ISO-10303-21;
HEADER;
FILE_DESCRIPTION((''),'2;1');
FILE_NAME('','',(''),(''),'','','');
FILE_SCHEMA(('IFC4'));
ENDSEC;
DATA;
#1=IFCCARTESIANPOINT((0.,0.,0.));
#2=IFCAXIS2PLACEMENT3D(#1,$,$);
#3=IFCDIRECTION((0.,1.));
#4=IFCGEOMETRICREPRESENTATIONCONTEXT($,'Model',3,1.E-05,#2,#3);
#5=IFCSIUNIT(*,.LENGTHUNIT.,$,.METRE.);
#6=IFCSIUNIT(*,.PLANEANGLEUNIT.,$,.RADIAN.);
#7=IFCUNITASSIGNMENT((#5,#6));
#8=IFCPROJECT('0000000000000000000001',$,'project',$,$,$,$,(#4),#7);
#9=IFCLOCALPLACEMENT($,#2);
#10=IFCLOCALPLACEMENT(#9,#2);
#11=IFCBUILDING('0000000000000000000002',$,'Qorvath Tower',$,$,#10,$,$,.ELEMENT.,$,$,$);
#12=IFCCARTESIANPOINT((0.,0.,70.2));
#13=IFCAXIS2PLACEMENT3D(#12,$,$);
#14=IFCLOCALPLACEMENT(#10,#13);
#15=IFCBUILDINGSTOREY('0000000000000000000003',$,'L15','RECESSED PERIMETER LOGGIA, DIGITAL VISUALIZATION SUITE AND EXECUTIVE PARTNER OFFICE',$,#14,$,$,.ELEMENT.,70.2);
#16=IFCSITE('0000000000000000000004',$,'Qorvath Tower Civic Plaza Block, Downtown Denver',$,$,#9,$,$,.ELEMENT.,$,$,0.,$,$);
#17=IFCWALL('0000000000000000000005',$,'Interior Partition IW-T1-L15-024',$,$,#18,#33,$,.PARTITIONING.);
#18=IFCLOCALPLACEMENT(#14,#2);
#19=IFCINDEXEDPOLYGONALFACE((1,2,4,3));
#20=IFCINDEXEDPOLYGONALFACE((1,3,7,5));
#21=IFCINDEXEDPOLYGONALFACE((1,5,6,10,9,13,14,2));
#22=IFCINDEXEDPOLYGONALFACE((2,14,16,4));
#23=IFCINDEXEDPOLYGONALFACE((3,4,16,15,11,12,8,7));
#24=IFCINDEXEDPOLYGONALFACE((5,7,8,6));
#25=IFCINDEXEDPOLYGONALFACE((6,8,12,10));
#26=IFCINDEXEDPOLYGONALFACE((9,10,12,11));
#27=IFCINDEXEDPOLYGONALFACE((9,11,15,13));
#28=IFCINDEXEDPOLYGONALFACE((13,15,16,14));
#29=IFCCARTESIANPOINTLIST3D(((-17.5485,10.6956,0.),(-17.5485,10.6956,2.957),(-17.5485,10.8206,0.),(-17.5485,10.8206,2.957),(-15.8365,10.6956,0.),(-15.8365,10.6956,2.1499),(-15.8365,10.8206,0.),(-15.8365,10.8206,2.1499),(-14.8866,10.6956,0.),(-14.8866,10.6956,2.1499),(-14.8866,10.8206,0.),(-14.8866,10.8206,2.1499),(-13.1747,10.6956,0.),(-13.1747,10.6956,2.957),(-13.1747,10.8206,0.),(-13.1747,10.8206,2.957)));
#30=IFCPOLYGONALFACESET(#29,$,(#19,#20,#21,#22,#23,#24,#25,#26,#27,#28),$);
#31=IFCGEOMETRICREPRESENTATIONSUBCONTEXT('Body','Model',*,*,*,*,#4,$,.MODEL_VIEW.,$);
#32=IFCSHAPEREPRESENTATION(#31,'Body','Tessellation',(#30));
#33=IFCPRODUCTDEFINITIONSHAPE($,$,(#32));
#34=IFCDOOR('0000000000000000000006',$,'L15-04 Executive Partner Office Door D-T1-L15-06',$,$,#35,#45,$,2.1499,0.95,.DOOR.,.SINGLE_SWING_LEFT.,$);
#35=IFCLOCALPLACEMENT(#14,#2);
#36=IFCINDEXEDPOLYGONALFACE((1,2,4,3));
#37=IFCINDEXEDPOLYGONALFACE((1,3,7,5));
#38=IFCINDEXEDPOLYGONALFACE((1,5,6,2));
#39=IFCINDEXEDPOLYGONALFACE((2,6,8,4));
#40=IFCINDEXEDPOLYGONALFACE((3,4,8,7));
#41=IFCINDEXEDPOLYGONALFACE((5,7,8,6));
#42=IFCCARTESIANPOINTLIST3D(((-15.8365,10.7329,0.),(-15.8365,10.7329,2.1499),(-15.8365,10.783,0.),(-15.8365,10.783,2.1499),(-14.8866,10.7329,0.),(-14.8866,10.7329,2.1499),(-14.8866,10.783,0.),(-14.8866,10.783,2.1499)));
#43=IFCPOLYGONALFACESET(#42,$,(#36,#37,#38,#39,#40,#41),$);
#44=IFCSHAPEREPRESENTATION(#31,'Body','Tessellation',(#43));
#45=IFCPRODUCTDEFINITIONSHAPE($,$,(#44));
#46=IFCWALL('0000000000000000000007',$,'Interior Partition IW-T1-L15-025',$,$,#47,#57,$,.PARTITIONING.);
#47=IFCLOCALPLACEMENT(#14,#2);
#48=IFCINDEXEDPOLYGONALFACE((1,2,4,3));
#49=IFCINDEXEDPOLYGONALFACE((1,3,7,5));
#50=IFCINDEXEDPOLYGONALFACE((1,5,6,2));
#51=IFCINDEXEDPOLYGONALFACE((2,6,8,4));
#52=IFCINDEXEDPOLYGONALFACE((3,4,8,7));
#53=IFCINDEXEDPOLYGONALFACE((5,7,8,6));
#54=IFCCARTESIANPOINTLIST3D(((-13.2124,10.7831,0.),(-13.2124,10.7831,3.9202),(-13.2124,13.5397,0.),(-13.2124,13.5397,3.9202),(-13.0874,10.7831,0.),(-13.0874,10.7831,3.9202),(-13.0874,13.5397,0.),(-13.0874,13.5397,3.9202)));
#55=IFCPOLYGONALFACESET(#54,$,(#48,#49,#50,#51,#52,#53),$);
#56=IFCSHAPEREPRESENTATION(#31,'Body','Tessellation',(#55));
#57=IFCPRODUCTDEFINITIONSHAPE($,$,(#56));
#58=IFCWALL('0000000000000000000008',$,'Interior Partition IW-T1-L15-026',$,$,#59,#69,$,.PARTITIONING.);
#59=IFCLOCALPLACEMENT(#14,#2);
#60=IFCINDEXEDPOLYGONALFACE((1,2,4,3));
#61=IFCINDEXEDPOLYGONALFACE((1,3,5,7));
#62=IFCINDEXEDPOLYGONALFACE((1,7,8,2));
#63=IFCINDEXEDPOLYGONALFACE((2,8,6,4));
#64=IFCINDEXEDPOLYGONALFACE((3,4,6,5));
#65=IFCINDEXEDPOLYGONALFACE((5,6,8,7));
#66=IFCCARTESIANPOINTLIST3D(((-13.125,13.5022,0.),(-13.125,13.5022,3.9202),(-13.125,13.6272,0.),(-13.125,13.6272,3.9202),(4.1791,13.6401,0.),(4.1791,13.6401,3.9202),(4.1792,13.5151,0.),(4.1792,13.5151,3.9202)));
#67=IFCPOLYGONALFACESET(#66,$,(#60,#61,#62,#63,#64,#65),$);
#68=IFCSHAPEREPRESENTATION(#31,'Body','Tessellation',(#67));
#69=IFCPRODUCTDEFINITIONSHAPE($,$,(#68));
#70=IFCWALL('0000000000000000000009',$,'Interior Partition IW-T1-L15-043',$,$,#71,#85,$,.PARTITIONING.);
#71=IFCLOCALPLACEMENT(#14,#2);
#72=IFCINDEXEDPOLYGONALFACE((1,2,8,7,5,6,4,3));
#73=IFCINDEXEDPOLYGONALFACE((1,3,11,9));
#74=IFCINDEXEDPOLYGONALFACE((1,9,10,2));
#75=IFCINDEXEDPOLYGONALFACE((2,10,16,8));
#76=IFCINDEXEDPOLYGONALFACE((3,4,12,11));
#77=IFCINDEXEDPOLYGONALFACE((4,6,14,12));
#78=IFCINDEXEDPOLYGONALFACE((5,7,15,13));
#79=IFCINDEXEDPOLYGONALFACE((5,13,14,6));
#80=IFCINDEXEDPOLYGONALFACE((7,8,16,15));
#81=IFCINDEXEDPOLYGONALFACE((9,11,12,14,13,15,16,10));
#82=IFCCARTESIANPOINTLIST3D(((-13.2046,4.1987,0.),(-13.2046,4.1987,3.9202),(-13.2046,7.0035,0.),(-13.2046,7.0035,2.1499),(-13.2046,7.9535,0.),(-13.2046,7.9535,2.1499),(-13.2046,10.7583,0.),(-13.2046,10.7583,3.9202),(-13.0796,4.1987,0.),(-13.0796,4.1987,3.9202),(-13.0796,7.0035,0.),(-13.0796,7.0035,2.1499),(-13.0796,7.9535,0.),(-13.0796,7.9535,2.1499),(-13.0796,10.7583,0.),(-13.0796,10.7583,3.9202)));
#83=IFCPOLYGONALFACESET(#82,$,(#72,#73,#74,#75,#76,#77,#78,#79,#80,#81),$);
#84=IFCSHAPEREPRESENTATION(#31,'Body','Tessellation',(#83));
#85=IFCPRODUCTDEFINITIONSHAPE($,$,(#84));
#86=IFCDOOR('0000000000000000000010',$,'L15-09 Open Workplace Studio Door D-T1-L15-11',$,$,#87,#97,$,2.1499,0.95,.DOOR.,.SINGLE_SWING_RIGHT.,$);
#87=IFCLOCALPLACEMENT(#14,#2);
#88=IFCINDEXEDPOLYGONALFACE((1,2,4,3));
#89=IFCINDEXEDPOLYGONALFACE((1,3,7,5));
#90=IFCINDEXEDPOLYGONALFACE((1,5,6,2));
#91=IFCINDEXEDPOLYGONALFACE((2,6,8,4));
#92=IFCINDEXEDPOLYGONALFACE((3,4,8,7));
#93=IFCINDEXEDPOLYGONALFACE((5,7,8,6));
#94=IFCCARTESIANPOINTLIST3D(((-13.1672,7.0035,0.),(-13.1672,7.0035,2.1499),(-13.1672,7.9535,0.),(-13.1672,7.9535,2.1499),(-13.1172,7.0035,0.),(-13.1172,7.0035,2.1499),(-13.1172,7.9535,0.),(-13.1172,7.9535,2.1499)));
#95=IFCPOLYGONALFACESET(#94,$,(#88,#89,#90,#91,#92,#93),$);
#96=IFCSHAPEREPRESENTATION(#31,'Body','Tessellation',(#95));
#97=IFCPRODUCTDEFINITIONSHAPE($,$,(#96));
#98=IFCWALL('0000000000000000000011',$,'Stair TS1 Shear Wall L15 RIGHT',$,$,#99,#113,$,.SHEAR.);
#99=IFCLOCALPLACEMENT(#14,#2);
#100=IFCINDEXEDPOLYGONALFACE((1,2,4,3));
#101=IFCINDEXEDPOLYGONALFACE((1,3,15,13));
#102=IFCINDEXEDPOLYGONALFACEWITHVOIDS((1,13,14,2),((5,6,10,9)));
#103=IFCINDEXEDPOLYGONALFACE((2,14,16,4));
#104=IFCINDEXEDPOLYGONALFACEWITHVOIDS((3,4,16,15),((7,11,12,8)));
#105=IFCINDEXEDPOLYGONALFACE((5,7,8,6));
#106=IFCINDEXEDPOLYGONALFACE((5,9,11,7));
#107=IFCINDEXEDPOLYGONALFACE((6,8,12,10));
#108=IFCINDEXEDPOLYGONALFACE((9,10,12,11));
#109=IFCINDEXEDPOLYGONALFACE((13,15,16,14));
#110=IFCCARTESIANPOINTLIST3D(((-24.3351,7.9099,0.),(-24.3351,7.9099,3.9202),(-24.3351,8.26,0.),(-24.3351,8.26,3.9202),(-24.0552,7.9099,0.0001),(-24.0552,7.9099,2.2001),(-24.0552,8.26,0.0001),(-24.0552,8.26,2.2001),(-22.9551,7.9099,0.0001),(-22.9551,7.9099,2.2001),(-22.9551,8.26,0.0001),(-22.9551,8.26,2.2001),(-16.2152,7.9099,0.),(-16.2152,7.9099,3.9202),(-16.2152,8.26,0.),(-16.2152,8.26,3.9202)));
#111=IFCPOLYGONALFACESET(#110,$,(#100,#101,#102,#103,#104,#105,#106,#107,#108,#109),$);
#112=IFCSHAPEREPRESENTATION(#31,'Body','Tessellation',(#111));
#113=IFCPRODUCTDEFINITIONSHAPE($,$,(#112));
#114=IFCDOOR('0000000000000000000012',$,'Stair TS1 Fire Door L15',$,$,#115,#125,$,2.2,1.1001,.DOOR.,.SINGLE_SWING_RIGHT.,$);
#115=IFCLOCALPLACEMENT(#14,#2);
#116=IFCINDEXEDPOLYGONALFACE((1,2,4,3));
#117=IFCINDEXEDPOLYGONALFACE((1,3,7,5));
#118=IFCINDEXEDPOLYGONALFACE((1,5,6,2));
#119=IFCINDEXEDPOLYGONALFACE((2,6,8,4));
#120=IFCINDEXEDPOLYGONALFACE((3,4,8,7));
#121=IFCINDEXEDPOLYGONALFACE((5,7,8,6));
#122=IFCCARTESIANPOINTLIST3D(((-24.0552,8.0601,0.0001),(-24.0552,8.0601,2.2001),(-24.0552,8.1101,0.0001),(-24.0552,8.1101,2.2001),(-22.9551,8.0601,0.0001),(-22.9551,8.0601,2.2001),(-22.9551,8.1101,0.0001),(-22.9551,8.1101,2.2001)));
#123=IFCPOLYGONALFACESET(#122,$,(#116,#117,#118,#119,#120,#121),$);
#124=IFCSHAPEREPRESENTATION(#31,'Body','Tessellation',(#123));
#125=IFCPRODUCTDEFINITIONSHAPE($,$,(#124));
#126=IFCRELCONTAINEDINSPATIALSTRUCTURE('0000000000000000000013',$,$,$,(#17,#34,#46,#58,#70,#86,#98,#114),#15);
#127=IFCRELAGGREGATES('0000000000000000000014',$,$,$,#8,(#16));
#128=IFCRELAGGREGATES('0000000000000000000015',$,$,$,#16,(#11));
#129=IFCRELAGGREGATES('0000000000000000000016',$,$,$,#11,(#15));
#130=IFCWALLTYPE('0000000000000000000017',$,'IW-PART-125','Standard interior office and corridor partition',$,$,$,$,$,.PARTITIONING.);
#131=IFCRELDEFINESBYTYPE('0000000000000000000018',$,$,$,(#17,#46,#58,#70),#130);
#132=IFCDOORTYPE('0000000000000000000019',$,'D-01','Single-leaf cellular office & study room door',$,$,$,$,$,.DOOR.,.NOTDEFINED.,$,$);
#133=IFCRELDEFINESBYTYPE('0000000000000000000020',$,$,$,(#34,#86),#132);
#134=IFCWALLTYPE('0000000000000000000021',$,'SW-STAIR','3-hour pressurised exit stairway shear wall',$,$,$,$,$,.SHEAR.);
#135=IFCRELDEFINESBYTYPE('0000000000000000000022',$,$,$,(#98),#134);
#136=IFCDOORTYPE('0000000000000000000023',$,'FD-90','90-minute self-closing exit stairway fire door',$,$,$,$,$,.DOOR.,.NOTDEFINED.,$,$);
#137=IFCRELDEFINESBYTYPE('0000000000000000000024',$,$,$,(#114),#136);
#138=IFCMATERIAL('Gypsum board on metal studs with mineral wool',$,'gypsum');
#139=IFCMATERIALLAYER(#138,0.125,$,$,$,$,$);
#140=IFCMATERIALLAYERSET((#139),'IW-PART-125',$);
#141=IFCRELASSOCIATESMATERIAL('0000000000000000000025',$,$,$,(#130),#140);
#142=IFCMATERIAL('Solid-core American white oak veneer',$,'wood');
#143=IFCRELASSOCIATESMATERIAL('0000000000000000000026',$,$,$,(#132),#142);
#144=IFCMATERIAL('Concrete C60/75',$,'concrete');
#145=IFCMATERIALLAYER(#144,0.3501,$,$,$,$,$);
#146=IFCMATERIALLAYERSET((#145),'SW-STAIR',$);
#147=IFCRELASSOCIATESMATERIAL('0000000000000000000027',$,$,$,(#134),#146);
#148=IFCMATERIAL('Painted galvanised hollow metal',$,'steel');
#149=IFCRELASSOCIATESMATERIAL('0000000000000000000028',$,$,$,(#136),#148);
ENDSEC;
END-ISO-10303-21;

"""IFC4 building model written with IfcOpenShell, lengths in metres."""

from ifc_helpers import new_model, si_unit, direction, frame, frame_2d, origin, place, context, subcontext, project, spatial, rectangle, extrude, material, layer, layer_set, type_object, element, fill, save


model = new_model("IFC4")

# Units and contexts
model_context = context("Model", 3, precision=1e-05, world=origin(), true_north=direction((0.0, 1.0)))
body_context = subcontext(model_context, "Body", "Model", "MODEL_VIEW")
ifc_project = project(units=[si_unit("LENGTHUNIT", "METRE"), si_unit("PLANEANGLEUNIT", "RADIAN")], contexts=[model_context])

# Site, building, storey
site_placement = place(None, origin())
site = spatial("IfcSite", under=ifc_project, at=site_placement, Name="Qorvath Tower Civic Plaza Block, Downtown Denver", CompositionType="ELEMENT", RefElevation=0.0)
building_placement = place(site_placement, origin())
building = spatial("IfcBuilding", under=site, at=building_placement, Name="Qorvath Tower", CompositionType="ELEMENT")
storey_placement = place(building_placement, frame((0.0, 0.0, 70.2)))
storey = spatial("IfcBuildingStorey", under=building, at=storey_placement, Name="L15", Description="RECESSED PERIMETER LOGGIA, DIGITAL VISUALIZATION SUITE AND EXECUTIVE PARTNER OFFICE", CompositionType="ELEMENT", Elevation=70.2)

# Shared definitions
ifc_material_1 = material(Name="Gypsum board on metal studs with mineral wool", Category="gypsum")
ifc_layer_1 = layer(ifc_material_1, 0.125)
ifc_layer_set_1 = layer_set([ifc_layer_1], Name="IW-PART-125")
wall_type_1 = type_object("IfcWallType", Name="IW-PART-125", Description="Standard interior office and corridor partition", PredefinedType="PARTITIONING", material=ifc_layer_set_1)

# Wall, opening, door
wall_1_placement = place(storey_placement, frame((-17.5486, 10.7581, 0.0), z_axis=(0.0, 0.0, 1.0), x_axis=(1.0, 0.0, 0.0)))
wall_1 = element("IfcWall", 1, at=wall_1_placement, inside=storey, type_object=wall_type_1, Name="Interior Partition IW-T1-L15-024", PredefinedType="PARTITIONING", context=body_context, shape_type="SweptSolid", body=[
    extrude(rectangle(XDim=4.3738, YDim=0.125, at=frame_2d((2.187, 0.0))), origin(), (0.0, 0.0, 1.0), 2.957),
])
opening_1_placement = place(wall_1_placement, frame((1.7119, 0.0, 0.0)))
opening_1 = element("IfcOpeningElement", 2, at=opening_1_placement, cuts=wall_1, PredefinedType="OPENING", context=body_context, shape_type="SweptSolid", body=[
    extrude(rectangle(XDim=0.95, YDim=2.1499, at=frame_2d((0.4751, 1.075))), frame((0.0, 0.0725, 0.0), z_axis=(0.0, -1.0, 0.0), x_axis=(1.0, 0.0, 0.0)), (0.0, 0.0, 1.0), 0.145),
])
ifc_material_2 = material(Name="Solid-core American white oak veneer", Category="wood")
door_type_1 = type_object("IfcDoorType", Name="D-01", Description="Single-leaf cellular office & study room door", OperationType="NOTDEFINED", PredefinedType="DOOR", material=ifc_material_2)
door_1_placement = place(opening_1_placement, origin())
door_1 = element("IfcDoor", 3, at=door_1_placement, inside=storey, type_object=door_type_1, Name="L15-04 Executive Partner Office Door D-T1-L15-06", OperationType="SINGLE_SWING_LEFT", OverallHeight=2.1499, OverallWidth=0.95, PredefinedType="DOOR", context=body_context, shape_type="SweptSolid", body=[
    extrude(rectangle(XDim=0.95, YDim=2.1499, at=frame_2d((0.4751, 1.075))), frame((0.0, 0.0249, 0.0), z_axis=(0.0, -1.0, 0.0), x_axis=(1.0, 0.0, 0.0)), (0.0, 0.0, 1.0), 0.05),
])
fill(opening_1, door_1)

# Walls
wall_2_placement = place(storey_placement, frame((-13.1499, 13.5398, 0.0), z_axis=(0.0, 0.0, 1.0), x_axis=(0.0, -1.0, 0.0)))
element("IfcWall", 4, at=wall_2_placement, inside=storey, type_object=wall_type_1, Name="Interior Partition IW-T1-L15-025", PredefinedType="PARTITIONING", context=body_context, shape_type="SweptSolid", body=[
    extrude(rectangle(XDim=2.7566, YDim=0.125, at=frame_2d((1.3784, 0.0))), origin(), (0.0, 0.0, 1.0), 3.9202),
])
wall_3_placement = place(storey_placement, frame((-13.125, 13.5647, 0.0), z_axis=(0.0, 0.0, 1.0), x_axis=(1.0, 0.000748, 0.0)))
element("IfcWall", 5, at=wall_3_placement, inside=storey, type_object=wall_type_1, Name="Interior Partition IW-T1-L15-026", PredefinedType="PARTITIONING", context=body_context, shape_type="SweptSolid", body=[
    extrude(rectangle(XDim=17.3042, YDim=0.125, at=frame_2d((8.6521, 0.0))), origin(), (0.0, 0.0, 1.0), 3.9202),
])

# Walls, openings, doors
wall_4_placement = place(storey_placement, frame((-13.1421, 10.7583, 0.0), z_axis=(0.0, 0.0, 1.0), x_axis=(0.0, -1.0, 0.0)))
wall_4 = element("IfcWall", 6, at=wall_4_placement, inside=storey, type_object=wall_type_1, Name="Interior Partition IW-T1-L15-043", PredefinedType="PARTITIONING", context=body_context, shape_type="SweptSolid", body=[
    extrude(rectangle(XDim=6.5596, YDim=0.125, at=frame_2d((3.2798, 0.0))), origin(), (0.0, 0.0, 1.0), 3.9202),
])
opening_2_placement = place(wall_4_placement, frame((2.8047, 0.0, 0.0)))
opening_2 = element("IfcOpeningElement", 7, at=opening_2_placement, cuts=wall_4, PredefinedType="OPENING", context=body_context, shape_type="SweptSolid", body=[
    extrude(rectangle(XDim=0.95, YDim=2.1499, at=frame_2d((0.4751, 1.075))), frame((0.0, 0.0725, 0.0), z_axis=(0.0, -1.0, 0.0), x_axis=(1.0, 0.0, 0.0)), (0.0, 0.0, 1.0), 0.145),
])
door_2_placement = place(opening_2_placement, origin())
door_2 = element("IfcDoor", 8, at=door_2_placement, inside=storey, type_object=door_type_1, Name="L15-09 Open Workplace Studio Door D-T1-L15-11", OperationType="SINGLE_SWING_RIGHT", OverallHeight=2.1499, OverallWidth=0.95, PredefinedType="DOOR", context=body_context, shape_type="SweptSolid", body=[
    extrude(rectangle(XDim=0.95, YDim=2.1499, at=frame_2d((0.4751, 1.075))), frame((0.0, 0.0249, 0.0), z_axis=(0.0, -1.0, 0.0), x_axis=(1.0, 0.0, 0.0)), (0.0, 0.0, 1.0), 0.05),
])
fill(opening_2, door_2)
ifc_material_3 = material(Name="Concrete C60/75", Category="concrete")
ifc_layer_2 = layer(ifc_material_3, 0.3501)
ifc_layer_set_2 = layer_set([ifc_layer_2], Name="SW-STAIR")
wall_type_2 = type_object("IfcWallType", Name="SW-STAIR", Description="3-hour pressurised exit stairway shear wall", PredefinedType="SHEAR", material=ifc_layer_set_2)
wall_5_placement = place(storey_placement, frame((-16.2151, 8.085, 0.0), z_axis=(0.0, 0.0, 1.0), x_axis=(-1.0, 0.0, 0.0)))
wall_5 = element("IfcWall", 9, at=wall_5_placement, inside=storey, type_object=wall_type_2, Name="Stair TS1 Shear Wall L15 RIGHT", PredefinedType="SHEAR", context=body_context, shape_type="SweptSolid", body=[
    extrude(rectangle(XDim=8.1199, YDim=0.3501, at=frame_2d((4.0601, 0.0))), origin(), (0.0, 0.0, 1.0), 3.9202),
])
opening_3_placement = place(wall_5_placement, frame((6.74, 0.0, 0.0)))
opening_3 = element("IfcOpeningElement", 10, at=opening_3_placement, cuts=wall_5, PredefinedType="OPENING", context=body_context, shape_type="SweptSolid", body=[
    extrude(rectangle(XDim=1.1001, YDim=2.2, at=frame_2d((0.55, 1.1001))), frame((0.0, 0.1851, 0.0), z_axis=(0.0, -1.0, 0.0), x_axis=(1.0, 0.0, 0.0)), (0.0, 0.0, 1.0), 0.3701),
])
ifc_material_4 = material(Name="Painted galvanised hollow metal", Category="steel")
door_type_2 = type_object("IfcDoorType", Name="FD-90", Description="90-minute self-closing exit stairway fire door", OperationType="NOTDEFINED", PredefinedType="DOOR", material=ifc_material_4)
door_3_placement = place(opening_3_placement, origin())
door_3 = element("IfcDoor", 11, at=door_3_placement, inside=storey, type_object=door_type_2, Name="Stair TS1 Fire Door L15", OperationType="SINGLE_SWING_RIGHT", OverallHeight=2.2, OverallWidth=1.1001, PredefinedType="DOOR", context=body_context, shape_type="SweptSolid", body=[
    extrude(rectangle(XDim=1.1001, YDim=2.2, at=frame_2d((0.55, 1.1001))), frame((0.0, 0.0249, 0.0), z_axis=(0.0, -1.0, 0.0), x_axis=(1.0, 0.0, 0.0)), (0.0, 0.0, 1.0), 0.05),
])
fill(opening_3, door_3)

save(model, "model.ifc")
